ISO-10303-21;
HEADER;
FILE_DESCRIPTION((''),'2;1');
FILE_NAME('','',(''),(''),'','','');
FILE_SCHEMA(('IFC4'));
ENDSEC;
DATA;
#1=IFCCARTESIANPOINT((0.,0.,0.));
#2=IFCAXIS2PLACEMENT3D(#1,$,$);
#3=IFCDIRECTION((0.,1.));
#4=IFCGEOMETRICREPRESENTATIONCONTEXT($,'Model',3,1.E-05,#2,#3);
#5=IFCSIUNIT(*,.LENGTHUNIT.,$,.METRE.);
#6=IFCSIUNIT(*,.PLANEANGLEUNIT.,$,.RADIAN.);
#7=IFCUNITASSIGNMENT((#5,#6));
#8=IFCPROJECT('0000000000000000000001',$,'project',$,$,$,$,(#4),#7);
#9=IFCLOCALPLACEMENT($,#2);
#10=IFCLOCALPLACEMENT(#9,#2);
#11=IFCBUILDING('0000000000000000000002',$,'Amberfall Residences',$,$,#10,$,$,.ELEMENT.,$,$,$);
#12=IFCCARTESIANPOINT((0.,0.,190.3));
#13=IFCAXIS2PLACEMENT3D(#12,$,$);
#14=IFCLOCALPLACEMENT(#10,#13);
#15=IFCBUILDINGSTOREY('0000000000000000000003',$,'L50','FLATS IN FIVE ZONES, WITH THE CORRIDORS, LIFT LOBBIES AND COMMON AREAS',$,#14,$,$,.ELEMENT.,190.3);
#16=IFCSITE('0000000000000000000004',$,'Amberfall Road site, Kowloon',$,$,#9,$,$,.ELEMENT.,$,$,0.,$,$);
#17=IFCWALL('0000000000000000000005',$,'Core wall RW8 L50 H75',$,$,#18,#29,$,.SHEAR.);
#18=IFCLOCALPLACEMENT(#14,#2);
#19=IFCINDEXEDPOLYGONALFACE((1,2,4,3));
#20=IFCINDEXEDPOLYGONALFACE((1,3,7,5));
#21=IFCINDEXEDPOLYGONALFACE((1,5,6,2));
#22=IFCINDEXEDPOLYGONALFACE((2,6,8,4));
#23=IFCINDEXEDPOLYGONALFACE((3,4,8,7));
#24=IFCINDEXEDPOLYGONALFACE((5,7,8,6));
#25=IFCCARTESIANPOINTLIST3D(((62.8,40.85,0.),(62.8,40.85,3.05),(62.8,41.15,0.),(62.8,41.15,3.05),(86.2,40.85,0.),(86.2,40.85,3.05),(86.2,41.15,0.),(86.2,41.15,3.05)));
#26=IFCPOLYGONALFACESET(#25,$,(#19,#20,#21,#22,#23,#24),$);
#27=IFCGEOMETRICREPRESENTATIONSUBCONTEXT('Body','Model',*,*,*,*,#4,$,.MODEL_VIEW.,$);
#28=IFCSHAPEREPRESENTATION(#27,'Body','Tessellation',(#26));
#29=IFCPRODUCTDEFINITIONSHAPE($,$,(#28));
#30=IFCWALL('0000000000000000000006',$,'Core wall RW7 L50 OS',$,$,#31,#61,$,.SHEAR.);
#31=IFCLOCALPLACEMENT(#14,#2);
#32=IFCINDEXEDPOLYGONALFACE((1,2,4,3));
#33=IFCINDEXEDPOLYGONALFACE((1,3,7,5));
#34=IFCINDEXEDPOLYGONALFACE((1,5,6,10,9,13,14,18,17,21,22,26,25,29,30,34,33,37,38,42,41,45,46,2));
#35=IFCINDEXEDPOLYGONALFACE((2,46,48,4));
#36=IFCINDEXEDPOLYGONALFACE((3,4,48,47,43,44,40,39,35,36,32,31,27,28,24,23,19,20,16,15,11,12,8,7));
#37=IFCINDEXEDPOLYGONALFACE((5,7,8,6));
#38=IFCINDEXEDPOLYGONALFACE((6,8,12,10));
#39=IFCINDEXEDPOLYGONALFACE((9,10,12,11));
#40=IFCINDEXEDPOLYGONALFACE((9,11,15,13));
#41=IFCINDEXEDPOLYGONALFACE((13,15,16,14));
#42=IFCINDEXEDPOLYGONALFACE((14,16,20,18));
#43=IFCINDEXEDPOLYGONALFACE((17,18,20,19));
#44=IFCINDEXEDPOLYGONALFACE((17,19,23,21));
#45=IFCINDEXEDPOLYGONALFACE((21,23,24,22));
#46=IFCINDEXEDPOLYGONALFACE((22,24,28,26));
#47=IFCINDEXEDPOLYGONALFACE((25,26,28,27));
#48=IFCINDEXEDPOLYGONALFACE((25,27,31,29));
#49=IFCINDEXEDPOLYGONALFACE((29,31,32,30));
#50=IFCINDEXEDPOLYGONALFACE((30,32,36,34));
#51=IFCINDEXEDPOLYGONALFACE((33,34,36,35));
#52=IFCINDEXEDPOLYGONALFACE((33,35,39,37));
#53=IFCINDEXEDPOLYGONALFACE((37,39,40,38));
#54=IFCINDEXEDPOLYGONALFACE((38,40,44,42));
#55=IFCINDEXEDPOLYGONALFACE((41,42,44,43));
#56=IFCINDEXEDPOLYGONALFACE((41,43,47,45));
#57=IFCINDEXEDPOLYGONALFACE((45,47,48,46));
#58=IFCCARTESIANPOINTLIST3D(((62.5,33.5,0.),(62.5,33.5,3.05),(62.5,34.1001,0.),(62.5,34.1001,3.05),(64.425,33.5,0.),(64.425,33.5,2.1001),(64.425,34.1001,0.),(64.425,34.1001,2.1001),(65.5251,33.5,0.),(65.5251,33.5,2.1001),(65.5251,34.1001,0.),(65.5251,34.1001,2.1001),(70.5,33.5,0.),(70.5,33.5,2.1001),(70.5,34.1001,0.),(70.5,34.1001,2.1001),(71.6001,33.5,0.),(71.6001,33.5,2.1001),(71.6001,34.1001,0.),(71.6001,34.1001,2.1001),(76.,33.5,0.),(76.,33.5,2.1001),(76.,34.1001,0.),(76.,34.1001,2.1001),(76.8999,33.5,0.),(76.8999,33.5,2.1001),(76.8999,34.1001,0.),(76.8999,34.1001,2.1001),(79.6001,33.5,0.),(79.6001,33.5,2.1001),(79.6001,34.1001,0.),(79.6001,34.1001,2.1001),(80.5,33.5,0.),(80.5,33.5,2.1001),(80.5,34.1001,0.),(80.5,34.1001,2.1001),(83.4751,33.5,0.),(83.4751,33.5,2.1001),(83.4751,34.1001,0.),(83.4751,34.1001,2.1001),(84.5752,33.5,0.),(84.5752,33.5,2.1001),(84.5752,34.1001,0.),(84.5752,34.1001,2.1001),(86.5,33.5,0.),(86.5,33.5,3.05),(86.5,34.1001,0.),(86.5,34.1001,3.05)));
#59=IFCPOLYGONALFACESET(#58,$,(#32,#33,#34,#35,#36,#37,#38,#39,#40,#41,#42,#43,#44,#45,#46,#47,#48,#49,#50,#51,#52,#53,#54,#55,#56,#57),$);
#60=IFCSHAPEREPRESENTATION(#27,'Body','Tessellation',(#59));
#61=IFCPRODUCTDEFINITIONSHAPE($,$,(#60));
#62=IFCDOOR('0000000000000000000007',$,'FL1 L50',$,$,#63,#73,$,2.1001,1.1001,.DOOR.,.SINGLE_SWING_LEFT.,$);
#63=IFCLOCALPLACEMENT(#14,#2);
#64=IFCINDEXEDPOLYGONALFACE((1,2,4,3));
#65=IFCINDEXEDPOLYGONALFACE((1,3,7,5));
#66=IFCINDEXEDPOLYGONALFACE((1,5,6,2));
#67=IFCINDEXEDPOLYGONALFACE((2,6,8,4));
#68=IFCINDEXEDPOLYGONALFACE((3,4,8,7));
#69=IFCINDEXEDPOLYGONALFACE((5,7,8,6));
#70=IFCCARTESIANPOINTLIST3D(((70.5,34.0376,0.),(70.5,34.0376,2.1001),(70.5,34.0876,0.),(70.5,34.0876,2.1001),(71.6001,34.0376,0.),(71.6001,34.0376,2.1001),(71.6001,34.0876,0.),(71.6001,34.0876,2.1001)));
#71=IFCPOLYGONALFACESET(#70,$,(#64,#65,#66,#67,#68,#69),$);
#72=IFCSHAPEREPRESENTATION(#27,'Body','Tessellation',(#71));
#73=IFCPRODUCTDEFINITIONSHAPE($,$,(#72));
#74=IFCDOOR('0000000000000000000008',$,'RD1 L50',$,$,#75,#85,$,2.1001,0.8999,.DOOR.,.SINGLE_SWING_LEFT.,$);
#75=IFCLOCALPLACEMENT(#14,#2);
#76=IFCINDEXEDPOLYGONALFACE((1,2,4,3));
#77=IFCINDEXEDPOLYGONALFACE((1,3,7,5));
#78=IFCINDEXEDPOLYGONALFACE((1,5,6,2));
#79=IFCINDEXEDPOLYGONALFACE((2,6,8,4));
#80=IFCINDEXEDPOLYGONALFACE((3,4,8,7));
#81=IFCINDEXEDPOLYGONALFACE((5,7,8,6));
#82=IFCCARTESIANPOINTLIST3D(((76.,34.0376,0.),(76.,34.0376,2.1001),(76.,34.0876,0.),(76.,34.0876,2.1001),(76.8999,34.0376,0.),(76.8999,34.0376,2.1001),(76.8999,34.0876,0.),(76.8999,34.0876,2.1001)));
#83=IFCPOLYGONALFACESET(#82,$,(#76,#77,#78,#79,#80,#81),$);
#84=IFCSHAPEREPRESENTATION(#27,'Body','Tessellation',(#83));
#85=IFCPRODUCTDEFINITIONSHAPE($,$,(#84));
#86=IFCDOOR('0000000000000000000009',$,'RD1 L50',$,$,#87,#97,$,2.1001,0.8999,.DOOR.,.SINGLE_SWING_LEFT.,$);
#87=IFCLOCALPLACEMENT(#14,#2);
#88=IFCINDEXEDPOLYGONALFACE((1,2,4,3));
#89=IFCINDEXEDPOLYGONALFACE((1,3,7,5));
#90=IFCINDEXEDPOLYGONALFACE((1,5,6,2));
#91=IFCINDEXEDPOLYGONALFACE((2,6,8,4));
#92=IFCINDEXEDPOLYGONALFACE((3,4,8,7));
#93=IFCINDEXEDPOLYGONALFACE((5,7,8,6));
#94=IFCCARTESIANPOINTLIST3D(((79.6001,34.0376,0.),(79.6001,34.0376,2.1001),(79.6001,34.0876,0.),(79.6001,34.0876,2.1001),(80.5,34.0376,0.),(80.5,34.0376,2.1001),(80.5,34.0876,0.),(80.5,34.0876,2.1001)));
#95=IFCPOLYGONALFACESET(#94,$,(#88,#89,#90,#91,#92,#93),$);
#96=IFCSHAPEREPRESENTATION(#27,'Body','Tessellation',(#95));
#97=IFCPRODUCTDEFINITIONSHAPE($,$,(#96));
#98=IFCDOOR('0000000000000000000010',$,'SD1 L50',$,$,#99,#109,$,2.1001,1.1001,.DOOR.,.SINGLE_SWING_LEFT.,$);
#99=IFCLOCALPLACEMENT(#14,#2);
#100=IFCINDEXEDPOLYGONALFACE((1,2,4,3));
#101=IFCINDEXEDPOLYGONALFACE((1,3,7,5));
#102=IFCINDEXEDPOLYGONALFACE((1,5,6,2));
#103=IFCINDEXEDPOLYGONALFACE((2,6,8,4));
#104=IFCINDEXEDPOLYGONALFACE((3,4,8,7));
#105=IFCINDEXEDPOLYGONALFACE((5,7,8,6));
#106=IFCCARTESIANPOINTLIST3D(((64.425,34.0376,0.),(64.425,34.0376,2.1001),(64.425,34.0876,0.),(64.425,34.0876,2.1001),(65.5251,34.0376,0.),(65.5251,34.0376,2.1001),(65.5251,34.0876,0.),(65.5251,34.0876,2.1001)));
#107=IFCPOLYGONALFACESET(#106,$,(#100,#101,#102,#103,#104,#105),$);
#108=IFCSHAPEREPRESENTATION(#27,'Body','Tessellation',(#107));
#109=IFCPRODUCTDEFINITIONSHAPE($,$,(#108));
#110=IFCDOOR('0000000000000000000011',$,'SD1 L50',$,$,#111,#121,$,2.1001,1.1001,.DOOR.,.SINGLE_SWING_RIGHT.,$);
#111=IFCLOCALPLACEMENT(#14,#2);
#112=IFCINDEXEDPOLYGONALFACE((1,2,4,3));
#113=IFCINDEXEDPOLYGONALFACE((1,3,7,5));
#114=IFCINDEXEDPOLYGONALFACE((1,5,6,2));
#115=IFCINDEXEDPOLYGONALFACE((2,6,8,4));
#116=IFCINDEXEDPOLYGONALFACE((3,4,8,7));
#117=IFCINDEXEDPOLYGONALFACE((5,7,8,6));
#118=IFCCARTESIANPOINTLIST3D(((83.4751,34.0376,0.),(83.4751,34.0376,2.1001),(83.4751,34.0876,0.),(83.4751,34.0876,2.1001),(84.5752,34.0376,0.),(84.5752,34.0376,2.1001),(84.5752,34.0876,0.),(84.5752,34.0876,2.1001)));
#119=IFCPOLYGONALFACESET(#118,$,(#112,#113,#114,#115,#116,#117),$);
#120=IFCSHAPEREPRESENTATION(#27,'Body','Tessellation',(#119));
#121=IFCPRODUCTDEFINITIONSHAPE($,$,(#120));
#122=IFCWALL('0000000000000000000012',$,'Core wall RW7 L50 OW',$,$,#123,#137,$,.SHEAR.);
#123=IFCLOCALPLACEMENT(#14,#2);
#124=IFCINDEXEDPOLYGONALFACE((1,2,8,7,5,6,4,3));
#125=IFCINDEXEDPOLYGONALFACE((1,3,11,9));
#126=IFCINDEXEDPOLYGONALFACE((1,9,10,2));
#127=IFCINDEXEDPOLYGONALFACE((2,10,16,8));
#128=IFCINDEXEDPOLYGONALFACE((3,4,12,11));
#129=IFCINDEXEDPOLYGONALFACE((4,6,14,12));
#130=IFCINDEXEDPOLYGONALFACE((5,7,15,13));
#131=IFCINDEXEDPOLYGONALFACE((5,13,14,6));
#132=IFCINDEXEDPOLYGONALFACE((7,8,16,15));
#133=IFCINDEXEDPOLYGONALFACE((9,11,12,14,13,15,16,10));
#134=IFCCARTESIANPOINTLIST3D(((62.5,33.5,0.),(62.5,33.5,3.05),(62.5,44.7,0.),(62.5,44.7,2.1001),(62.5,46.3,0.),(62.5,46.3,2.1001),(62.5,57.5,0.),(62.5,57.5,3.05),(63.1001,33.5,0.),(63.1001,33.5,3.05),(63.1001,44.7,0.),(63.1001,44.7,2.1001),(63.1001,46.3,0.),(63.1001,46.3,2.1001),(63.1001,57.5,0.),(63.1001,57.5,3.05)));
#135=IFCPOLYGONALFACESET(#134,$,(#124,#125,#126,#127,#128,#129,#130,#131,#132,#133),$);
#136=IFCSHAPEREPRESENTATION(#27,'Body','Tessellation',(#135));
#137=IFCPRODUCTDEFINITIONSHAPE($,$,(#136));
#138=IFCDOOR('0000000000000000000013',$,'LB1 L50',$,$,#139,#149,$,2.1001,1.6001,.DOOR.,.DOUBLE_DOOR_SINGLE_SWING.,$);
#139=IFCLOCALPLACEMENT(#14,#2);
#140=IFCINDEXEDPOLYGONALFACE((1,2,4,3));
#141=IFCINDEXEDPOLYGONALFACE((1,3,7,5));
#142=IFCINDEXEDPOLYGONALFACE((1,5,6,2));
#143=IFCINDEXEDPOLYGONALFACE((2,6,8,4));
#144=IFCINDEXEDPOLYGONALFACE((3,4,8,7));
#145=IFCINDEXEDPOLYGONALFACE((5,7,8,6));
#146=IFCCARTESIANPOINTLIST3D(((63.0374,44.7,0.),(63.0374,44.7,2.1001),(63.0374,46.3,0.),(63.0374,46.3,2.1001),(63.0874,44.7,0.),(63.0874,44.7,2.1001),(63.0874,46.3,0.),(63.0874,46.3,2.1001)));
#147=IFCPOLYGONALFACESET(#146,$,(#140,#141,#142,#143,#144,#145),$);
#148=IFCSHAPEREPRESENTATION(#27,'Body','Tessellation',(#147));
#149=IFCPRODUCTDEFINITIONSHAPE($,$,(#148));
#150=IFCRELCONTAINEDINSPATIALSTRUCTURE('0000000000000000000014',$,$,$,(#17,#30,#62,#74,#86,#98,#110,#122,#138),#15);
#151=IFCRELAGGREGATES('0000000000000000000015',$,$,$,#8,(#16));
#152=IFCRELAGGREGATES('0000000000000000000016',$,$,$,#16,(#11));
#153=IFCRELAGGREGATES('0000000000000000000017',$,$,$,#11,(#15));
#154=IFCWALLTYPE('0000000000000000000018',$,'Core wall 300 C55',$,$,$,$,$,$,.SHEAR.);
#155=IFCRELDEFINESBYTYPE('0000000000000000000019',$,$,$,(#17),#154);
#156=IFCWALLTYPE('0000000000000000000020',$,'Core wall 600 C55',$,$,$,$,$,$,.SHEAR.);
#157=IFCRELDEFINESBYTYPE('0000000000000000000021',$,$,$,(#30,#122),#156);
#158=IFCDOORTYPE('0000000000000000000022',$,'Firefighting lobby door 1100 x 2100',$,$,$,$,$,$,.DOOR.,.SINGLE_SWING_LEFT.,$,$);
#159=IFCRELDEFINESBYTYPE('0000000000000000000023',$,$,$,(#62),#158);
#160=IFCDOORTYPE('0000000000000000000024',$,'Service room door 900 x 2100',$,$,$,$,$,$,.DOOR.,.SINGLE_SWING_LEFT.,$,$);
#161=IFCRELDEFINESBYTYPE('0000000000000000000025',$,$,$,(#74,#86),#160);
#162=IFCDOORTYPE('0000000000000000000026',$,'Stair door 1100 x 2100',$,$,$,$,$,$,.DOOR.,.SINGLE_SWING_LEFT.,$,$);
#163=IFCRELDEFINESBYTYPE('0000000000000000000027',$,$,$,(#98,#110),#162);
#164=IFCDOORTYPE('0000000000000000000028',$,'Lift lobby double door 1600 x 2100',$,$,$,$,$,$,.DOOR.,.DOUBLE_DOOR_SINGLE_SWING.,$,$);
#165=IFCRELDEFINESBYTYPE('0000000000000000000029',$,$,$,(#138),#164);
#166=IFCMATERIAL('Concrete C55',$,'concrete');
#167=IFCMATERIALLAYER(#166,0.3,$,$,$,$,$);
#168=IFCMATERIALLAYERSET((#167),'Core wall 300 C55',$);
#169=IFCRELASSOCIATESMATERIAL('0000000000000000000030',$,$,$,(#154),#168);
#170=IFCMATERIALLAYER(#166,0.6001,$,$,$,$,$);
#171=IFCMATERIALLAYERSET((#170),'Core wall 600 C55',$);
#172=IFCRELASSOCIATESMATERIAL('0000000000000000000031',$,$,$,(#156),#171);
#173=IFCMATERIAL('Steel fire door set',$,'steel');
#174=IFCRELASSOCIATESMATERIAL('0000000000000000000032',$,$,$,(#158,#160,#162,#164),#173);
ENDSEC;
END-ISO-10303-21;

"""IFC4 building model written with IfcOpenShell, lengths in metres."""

from ifc_helpers import new_model, si_unit, direction, frame, frame_2d, origin, place, context, subcontext, project, spatial, rectangle, extrude, material, layer, layer_set, type_object, element, fill, save


model = new_model("IFC4")

# Units and contexts
model_context = context("Model", 3, precision=1e-05, world=origin(), true_north=direction((0.0, 1.0)))
body_context = subcontext(model_context, "Body", "Model", "MODEL_VIEW")
ifc_project = project(units=[si_unit("LENGTHUNIT", "METRE"), si_unit("PLANEANGLEUNIT", "RADIAN")], contexts=[model_context])

# Site, building, storey
site_placement = place(None, origin())
site = spatial("IfcSite", under=ifc_project, at=site_placement, Name="Amberfall Road site, Kowloon", CompositionType="ELEMENT", RefElevation=0.0)
building_placement = place(site_placement, origin())
building = spatial("IfcBuilding", under=site, at=building_placement, Name="Amberfall Residences", CompositionType="ELEMENT")
storey_placement = place(building_placement, frame((0.0, 0.0, 190.3)))
storey = spatial("IfcBuildingStorey", under=building, at=storey_placement, Name="L50", Description="FLATS IN FIVE ZONES, WITH THE CORRIDORS, LIFT LOBBIES AND COMMON AREAS", CompositionType="ELEMENT", Elevation=190.3)

# Wall
ifc_material_1 = material(Name="Concrete C55", Category="concrete")
ifc_layer_1 = layer(ifc_material_1, 0.3)
ifc_layer_set_1 = layer_set([ifc_layer_1], Name="Core wall 300 C55")
wall_type_1 = type_object("IfcWallType", Name="Core wall 300 C55", PredefinedType="SHEAR", material=ifc_layer_set_1)
wall_1_placement = place(storey_placement, frame((62.8, 41.0, 0.0), z_axis=(0.0, 0.0, 1.0), x_axis=(1.0, 0.0, 0.0)))
element("IfcWall", 1, at=wall_1_placement, inside=storey, type_object=wall_type_1, Name="Core wall RW8 L50 H75", PredefinedType="SHEAR", context=body_context, shape_type="SweptSolid", body=[
    extrude(rectangle(XDim=23.3999, YDim=0.3, at=frame_2d((11.7, 0.0))), origin(), (0.0, 0.0, 1.0), 3.05),
])

# Wall, openings, doors
ifc_layer_2 = layer(ifc_material_1, 0.6001)
ifc_layer_set_2 = layer_set([ifc_layer_2], Name="Core wall 600 C55")
wall_type_2 = type_object("IfcWallType", Name="Core wall 600 C55", PredefinedType="SHEAR", material=ifc_layer_set_2)
wall_2_placement = place(storey_placement, frame((62.5, 33.8, 0.0), z_axis=(0.0, 0.0, 1.0), x_axis=(1.0, 0.0, 0.0)))
wall_2 = element("IfcWall", 2, at=wall_2_placement, inside=storey, type_object=wall_type_2, Name="Core wall RW7 L50 OS", PredefinedType="SHEAR", context=body_context, shape_type="SweptSolid", body=[
    extrude(rectangle(XDim=24.0, YDim=0.6001, at=frame_2d((12.0, 0.0))), origin(), (0.0, 0.0, 1.0), 3.05),
])
opening_1_placement = place(wall_2_placement, frame((1.925, 0.0, 0.0)))
opening_1 = element("IfcOpeningElement", 3, at=opening_1_placement, cuts=wall_2, PredefinedType="OPENING", context=body_context, shape_type="SweptSolid", body=[
    extrude(rectangle(XDim=1.1001, YDim=2.1001, at=frame_2d((0.55, 1.05))), frame((0.0, 0.3101, 0.0), z_axis=(0.0, -1.0, 0.0), x_axis=(1.0, 0.0, 0.0)), (0.0, 0.0, 1.0), 0.6201),
])
opening_2_placement = place(wall_2_placement, frame((20.9751, 0.0, 0.0)))
opening_2 = element("IfcOpeningElement", 4, at=opening_2_placement, cuts=wall_2, PredefinedType="OPENING", context=body_context, shape_type="SweptSolid", body=[
    extrude(rectangle(XDim=1.1001, YDim=2.1001, at=frame_2d((0.55, 1.05))), frame((0.0, 0.3101, 0.0), z_axis=(0.0, -1.0, 0.0), x_axis=(1.0, 0.0, 0.0)), (0.0, 0.0, 1.0), 0.6201),
])
opening_3_placement = place(wall_2_placement, frame((8.0, 0.0, 0.0)))
opening_3 = element("IfcOpeningElement", 5, at=opening_3_placement, cuts=wall_2, PredefinedType="OPENING", context=body_context, shape_type="SweptSolid", body=[
    extrude(rectangle(XDim=1.1001, YDim=2.1001, at=frame_2d((0.55, 1.05))), frame((0.0, 0.3101, 0.0), z_axis=(0.0, -1.0, 0.0), x_axis=(1.0, 0.0, 0.0)), (0.0, 0.0, 1.0), 0.6201),
])
opening_4_placement = place(wall_2_placement, frame((13.5, 0.0, 0.0)))
opening_4 = element("IfcOpeningElement", 6, at=opening_4_placement, cuts=wall_2, PredefinedType="OPENING", context=body_context, shape_type="SweptSolid", body=[
    extrude(rectangle(XDim=0.8999, YDim=2.1001, at=frame_2d((0.45, 1.05))), frame((0.0, 0.3101, 0.0), z_axis=(0.0, -1.0, 0.0), x_axis=(1.0, 0.0, 0.0)), (0.0, 0.0, 1.0), 0.6201),
])
opening_5_placement = place(wall_2_placement, frame((17.1001, 0.0, 0.0)))
opening_5 = element("IfcOpeningElement", 7, at=opening_5_placement, cuts=wall_2, PredefinedType="OPENING", context=body_context, shape_type="SweptSolid", body=[
    extrude(rectangle(XDim=0.8999, YDim=2.1001, at=frame_2d((0.45, 1.05))), frame((0.0, 0.3101, 0.0), z_axis=(0.0, -1.0, 0.0), x_axis=(1.0, 0.0, 0.0)), (0.0, 0.0, 1.0), 0.6201),
])
ifc_material_2 = material(Name="Steel fire door set", Category="steel")
door_type_1 = type_object("IfcDoorType", Name="Firefighting lobby door 1100 x 2100", OperationType="SINGLE_SWING_LEFT", PredefinedType="DOOR", material=ifc_material_2)
door_1_placement = place(opening_3_placement, origin())
door_1 = element("IfcDoor", 8, at=door_1_placement, inside=storey, type_object=door_type_1, Name="FL1 L50", OperationType="SINGLE_SWING_LEFT", OverallHeight=2.1001, OverallWidth=1.1001, PredefinedType="DOOR", context=body_context, shape_type="SweptSolid", body=[
    extrude(rectangle(XDim=1.1001, YDim=2.1001, at=frame_2d((0.55, 1.05))), frame((0.0, 0.2876, 0.0), z_axis=(0.0, -1.0, 0.0), x_axis=(1.0, 0.0, 0.0)), (0.0, 0.0, 1.0), 0.05),
])
fill(opening_3, door_1)
door_type_2 = type_object("IfcDoorType", Name="Service room door 900 x 2100", OperationType="SINGLE_SWING_LEFT", PredefinedType="DOOR", material=ifc_material_2)
door_2_placement = place(opening_4_placement, origin())
door_2 = element("IfcDoor", 9, at=door_2_placement, inside=storey, type_object=door_type_2, Name="RD1 L50", OperationType="SINGLE_SWING_LEFT", OverallHeight=2.1001, OverallWidth=0.8999, PredefinedType="DOOR", context=body_context, shape_type="SweptSolid", body=[
    extrude(rectangle(XDim=0.8999, YDim=2.1001, at=frame_2d((0.45, 1.05))), frame((0.0, 0.2876, 0.0), z_axis=(0.0, -1.0, 0.0), x_axis=(1.0, 0.0, 0.0)), (0.0, 0.0, 1.0), 0.05),
])
fill(opening_4, door_2)
door_3_placement = place(opening_5_placement, origin())
door_3 = element("IfcDoor", 10, at=door_3_placement, inside=storey, type_object=door_type_2, Name="RD1 L50", OperationType="SINGLE_SWING_LEFT", OverallHeight=2.1001, OverallWidth=0.8999, PredefinedType="DOOR", context=body_context, shape_type="SweptSolid", body=[
    extrude(rectangle(XDim=0.8999, YDim=2.1001, at=frame_2d((0.45, 1.05))), frame((0.0, 0.2876, 0.0), z_axis=(0.0, -1.0, 0.0), x_axis=(1.0, 0.0, 0.0)), (0.0, 0.0, 1.0), 0.05),
])
fill(opening_5, door_3)
door_type_3 = type_object("IfcDoorType", Name="Stair door 1100 x 2100", OperationType="SINGLE_SWING_LEFT", PredefinedType="DOOR", material=ifc_material_2)
door_4_placement = place(opening_1_placement, origin())
door_4 = element("IfcDoor", 11, at=door_4_placement, inside=storey, type_object=door_type_3, Name="SD1 L50", OperationType="SINGLE_SWING_LEFT", OverallHeight=2.1001, OverallWidth=1.1001, PredefinedType="DOOR", context=body_context, shape_type="SweptSolid", body=[
    extrude(rectangle(XDim=1.1001, YDim=2.1001, at=frame_2d((0.55, 1.05))), frame((0.0, 0.2876, 0.0), z_axis=(0.0, -1.0, 0.0), x_axis=(1.0, 0.0, 0.0)), (0.0, 0.0, 1.0), 0.05),
])
fill(opening_1, door_4)
door_5_placement = place(opening_2_placement, origin())
door_5 = element("IfcDoor", 12, at=door_5_placement, inside=storey, type_object=door_type_3, Name="SD1 L50", OperationType="SINGLE_SWING_RIGHT", OverallHeight=2.1001, OverallWidth=1.1001, PredefinedType="DOOR", context=body_context, shape_type="SweptSolid", body=[
    extrude(rectangle(XDim=1.1001, YDim=2.1001, at=frame_2d((0.55, 1.05))), frame((0.0, 0.2876, 0.0), z_axis=(0.0, -1.0, 0.0), x_axis=(1.0, 0.0, 0.0)), (0.0, 0.0, 1.0), 0.05),
])
fill(opening_2, door_5)

# Wall, opening, door
wall_3_placement = place(storey_placement, frame((62.8, 33.5, 0.0), z_axis=(0.0, 0.0, 1.0), x_axis=(0.0, 1.0, 0.0)))
wall_3 = element("IfcWall", 13, at=wall_3_placement, inside=storey, type_object=wall_type_2, Name="Core wall RW7 L50 OW", PredefinedType="SHEAR", context=body_context, shape_type="SweptSolid", body=[
    extrude(rectangle(XDim=24.0, YDim=0.6001, at=frame_2d((12.0, 0.0))), origin(), (0.0, 0.0, 1.0), 3.05),
])
opening_6_placement = place(wall_3_placement, frame((11.2, 0.0, 0.0)))
opening_6 = element("IfcOpeningElement", 14, at=opening_6_placement, cuts=wall_3, PredefinedType="OPENING", context=body_context, shape_type="SweptSolid", body=[
    extrude(rectangle(XDim=1.6001, YDim=2.1001, at=frame_2d((0.8, 1.05))), frame((0.0, 0.3101, 0.0), z_axis=(0.0, -1.0, 0.0), x_axis=(1.0, 0.0, 0.0)), (0.0, 0.0, 1.0), 0.6201),
])
door_type_4 = type_object("IfcDoorType", Name="Lift lobby double door 1600 x 2100", OperationType="DOUBLE_DOOR_SINGLE_SWING", PredefinedType="DOOR", material=ifc_material_2)
door_6_placement = place(opening_6_placement, origin())
door_6 = element("IfcDoor", 15, at=door_6_placement, inside=storey, type_object=door_type_4, Name="LB1 L50", OperationType="DOUBLE_DOOR_SINGLE_SWING", OverallHeight=2.1001, OverallWidth=1.6001, PredefinedType="DOOR", context=body_context, shape_type="SweptSolid", body=[
    extrude(rectangle(XDim=1.6001, YDim=2.1001, at=frame_2d((0.8, 1.05))), frame((0.0, -0.2373, 0.0), z_axis=(0.0, -1.0, 0.0), x_axis=(1.0, 0.0, 0.0)), (0.0, 0.0, 1.0), 0.05),
])
fill(opening_6, door_6)

save(model, "model.ifc")
